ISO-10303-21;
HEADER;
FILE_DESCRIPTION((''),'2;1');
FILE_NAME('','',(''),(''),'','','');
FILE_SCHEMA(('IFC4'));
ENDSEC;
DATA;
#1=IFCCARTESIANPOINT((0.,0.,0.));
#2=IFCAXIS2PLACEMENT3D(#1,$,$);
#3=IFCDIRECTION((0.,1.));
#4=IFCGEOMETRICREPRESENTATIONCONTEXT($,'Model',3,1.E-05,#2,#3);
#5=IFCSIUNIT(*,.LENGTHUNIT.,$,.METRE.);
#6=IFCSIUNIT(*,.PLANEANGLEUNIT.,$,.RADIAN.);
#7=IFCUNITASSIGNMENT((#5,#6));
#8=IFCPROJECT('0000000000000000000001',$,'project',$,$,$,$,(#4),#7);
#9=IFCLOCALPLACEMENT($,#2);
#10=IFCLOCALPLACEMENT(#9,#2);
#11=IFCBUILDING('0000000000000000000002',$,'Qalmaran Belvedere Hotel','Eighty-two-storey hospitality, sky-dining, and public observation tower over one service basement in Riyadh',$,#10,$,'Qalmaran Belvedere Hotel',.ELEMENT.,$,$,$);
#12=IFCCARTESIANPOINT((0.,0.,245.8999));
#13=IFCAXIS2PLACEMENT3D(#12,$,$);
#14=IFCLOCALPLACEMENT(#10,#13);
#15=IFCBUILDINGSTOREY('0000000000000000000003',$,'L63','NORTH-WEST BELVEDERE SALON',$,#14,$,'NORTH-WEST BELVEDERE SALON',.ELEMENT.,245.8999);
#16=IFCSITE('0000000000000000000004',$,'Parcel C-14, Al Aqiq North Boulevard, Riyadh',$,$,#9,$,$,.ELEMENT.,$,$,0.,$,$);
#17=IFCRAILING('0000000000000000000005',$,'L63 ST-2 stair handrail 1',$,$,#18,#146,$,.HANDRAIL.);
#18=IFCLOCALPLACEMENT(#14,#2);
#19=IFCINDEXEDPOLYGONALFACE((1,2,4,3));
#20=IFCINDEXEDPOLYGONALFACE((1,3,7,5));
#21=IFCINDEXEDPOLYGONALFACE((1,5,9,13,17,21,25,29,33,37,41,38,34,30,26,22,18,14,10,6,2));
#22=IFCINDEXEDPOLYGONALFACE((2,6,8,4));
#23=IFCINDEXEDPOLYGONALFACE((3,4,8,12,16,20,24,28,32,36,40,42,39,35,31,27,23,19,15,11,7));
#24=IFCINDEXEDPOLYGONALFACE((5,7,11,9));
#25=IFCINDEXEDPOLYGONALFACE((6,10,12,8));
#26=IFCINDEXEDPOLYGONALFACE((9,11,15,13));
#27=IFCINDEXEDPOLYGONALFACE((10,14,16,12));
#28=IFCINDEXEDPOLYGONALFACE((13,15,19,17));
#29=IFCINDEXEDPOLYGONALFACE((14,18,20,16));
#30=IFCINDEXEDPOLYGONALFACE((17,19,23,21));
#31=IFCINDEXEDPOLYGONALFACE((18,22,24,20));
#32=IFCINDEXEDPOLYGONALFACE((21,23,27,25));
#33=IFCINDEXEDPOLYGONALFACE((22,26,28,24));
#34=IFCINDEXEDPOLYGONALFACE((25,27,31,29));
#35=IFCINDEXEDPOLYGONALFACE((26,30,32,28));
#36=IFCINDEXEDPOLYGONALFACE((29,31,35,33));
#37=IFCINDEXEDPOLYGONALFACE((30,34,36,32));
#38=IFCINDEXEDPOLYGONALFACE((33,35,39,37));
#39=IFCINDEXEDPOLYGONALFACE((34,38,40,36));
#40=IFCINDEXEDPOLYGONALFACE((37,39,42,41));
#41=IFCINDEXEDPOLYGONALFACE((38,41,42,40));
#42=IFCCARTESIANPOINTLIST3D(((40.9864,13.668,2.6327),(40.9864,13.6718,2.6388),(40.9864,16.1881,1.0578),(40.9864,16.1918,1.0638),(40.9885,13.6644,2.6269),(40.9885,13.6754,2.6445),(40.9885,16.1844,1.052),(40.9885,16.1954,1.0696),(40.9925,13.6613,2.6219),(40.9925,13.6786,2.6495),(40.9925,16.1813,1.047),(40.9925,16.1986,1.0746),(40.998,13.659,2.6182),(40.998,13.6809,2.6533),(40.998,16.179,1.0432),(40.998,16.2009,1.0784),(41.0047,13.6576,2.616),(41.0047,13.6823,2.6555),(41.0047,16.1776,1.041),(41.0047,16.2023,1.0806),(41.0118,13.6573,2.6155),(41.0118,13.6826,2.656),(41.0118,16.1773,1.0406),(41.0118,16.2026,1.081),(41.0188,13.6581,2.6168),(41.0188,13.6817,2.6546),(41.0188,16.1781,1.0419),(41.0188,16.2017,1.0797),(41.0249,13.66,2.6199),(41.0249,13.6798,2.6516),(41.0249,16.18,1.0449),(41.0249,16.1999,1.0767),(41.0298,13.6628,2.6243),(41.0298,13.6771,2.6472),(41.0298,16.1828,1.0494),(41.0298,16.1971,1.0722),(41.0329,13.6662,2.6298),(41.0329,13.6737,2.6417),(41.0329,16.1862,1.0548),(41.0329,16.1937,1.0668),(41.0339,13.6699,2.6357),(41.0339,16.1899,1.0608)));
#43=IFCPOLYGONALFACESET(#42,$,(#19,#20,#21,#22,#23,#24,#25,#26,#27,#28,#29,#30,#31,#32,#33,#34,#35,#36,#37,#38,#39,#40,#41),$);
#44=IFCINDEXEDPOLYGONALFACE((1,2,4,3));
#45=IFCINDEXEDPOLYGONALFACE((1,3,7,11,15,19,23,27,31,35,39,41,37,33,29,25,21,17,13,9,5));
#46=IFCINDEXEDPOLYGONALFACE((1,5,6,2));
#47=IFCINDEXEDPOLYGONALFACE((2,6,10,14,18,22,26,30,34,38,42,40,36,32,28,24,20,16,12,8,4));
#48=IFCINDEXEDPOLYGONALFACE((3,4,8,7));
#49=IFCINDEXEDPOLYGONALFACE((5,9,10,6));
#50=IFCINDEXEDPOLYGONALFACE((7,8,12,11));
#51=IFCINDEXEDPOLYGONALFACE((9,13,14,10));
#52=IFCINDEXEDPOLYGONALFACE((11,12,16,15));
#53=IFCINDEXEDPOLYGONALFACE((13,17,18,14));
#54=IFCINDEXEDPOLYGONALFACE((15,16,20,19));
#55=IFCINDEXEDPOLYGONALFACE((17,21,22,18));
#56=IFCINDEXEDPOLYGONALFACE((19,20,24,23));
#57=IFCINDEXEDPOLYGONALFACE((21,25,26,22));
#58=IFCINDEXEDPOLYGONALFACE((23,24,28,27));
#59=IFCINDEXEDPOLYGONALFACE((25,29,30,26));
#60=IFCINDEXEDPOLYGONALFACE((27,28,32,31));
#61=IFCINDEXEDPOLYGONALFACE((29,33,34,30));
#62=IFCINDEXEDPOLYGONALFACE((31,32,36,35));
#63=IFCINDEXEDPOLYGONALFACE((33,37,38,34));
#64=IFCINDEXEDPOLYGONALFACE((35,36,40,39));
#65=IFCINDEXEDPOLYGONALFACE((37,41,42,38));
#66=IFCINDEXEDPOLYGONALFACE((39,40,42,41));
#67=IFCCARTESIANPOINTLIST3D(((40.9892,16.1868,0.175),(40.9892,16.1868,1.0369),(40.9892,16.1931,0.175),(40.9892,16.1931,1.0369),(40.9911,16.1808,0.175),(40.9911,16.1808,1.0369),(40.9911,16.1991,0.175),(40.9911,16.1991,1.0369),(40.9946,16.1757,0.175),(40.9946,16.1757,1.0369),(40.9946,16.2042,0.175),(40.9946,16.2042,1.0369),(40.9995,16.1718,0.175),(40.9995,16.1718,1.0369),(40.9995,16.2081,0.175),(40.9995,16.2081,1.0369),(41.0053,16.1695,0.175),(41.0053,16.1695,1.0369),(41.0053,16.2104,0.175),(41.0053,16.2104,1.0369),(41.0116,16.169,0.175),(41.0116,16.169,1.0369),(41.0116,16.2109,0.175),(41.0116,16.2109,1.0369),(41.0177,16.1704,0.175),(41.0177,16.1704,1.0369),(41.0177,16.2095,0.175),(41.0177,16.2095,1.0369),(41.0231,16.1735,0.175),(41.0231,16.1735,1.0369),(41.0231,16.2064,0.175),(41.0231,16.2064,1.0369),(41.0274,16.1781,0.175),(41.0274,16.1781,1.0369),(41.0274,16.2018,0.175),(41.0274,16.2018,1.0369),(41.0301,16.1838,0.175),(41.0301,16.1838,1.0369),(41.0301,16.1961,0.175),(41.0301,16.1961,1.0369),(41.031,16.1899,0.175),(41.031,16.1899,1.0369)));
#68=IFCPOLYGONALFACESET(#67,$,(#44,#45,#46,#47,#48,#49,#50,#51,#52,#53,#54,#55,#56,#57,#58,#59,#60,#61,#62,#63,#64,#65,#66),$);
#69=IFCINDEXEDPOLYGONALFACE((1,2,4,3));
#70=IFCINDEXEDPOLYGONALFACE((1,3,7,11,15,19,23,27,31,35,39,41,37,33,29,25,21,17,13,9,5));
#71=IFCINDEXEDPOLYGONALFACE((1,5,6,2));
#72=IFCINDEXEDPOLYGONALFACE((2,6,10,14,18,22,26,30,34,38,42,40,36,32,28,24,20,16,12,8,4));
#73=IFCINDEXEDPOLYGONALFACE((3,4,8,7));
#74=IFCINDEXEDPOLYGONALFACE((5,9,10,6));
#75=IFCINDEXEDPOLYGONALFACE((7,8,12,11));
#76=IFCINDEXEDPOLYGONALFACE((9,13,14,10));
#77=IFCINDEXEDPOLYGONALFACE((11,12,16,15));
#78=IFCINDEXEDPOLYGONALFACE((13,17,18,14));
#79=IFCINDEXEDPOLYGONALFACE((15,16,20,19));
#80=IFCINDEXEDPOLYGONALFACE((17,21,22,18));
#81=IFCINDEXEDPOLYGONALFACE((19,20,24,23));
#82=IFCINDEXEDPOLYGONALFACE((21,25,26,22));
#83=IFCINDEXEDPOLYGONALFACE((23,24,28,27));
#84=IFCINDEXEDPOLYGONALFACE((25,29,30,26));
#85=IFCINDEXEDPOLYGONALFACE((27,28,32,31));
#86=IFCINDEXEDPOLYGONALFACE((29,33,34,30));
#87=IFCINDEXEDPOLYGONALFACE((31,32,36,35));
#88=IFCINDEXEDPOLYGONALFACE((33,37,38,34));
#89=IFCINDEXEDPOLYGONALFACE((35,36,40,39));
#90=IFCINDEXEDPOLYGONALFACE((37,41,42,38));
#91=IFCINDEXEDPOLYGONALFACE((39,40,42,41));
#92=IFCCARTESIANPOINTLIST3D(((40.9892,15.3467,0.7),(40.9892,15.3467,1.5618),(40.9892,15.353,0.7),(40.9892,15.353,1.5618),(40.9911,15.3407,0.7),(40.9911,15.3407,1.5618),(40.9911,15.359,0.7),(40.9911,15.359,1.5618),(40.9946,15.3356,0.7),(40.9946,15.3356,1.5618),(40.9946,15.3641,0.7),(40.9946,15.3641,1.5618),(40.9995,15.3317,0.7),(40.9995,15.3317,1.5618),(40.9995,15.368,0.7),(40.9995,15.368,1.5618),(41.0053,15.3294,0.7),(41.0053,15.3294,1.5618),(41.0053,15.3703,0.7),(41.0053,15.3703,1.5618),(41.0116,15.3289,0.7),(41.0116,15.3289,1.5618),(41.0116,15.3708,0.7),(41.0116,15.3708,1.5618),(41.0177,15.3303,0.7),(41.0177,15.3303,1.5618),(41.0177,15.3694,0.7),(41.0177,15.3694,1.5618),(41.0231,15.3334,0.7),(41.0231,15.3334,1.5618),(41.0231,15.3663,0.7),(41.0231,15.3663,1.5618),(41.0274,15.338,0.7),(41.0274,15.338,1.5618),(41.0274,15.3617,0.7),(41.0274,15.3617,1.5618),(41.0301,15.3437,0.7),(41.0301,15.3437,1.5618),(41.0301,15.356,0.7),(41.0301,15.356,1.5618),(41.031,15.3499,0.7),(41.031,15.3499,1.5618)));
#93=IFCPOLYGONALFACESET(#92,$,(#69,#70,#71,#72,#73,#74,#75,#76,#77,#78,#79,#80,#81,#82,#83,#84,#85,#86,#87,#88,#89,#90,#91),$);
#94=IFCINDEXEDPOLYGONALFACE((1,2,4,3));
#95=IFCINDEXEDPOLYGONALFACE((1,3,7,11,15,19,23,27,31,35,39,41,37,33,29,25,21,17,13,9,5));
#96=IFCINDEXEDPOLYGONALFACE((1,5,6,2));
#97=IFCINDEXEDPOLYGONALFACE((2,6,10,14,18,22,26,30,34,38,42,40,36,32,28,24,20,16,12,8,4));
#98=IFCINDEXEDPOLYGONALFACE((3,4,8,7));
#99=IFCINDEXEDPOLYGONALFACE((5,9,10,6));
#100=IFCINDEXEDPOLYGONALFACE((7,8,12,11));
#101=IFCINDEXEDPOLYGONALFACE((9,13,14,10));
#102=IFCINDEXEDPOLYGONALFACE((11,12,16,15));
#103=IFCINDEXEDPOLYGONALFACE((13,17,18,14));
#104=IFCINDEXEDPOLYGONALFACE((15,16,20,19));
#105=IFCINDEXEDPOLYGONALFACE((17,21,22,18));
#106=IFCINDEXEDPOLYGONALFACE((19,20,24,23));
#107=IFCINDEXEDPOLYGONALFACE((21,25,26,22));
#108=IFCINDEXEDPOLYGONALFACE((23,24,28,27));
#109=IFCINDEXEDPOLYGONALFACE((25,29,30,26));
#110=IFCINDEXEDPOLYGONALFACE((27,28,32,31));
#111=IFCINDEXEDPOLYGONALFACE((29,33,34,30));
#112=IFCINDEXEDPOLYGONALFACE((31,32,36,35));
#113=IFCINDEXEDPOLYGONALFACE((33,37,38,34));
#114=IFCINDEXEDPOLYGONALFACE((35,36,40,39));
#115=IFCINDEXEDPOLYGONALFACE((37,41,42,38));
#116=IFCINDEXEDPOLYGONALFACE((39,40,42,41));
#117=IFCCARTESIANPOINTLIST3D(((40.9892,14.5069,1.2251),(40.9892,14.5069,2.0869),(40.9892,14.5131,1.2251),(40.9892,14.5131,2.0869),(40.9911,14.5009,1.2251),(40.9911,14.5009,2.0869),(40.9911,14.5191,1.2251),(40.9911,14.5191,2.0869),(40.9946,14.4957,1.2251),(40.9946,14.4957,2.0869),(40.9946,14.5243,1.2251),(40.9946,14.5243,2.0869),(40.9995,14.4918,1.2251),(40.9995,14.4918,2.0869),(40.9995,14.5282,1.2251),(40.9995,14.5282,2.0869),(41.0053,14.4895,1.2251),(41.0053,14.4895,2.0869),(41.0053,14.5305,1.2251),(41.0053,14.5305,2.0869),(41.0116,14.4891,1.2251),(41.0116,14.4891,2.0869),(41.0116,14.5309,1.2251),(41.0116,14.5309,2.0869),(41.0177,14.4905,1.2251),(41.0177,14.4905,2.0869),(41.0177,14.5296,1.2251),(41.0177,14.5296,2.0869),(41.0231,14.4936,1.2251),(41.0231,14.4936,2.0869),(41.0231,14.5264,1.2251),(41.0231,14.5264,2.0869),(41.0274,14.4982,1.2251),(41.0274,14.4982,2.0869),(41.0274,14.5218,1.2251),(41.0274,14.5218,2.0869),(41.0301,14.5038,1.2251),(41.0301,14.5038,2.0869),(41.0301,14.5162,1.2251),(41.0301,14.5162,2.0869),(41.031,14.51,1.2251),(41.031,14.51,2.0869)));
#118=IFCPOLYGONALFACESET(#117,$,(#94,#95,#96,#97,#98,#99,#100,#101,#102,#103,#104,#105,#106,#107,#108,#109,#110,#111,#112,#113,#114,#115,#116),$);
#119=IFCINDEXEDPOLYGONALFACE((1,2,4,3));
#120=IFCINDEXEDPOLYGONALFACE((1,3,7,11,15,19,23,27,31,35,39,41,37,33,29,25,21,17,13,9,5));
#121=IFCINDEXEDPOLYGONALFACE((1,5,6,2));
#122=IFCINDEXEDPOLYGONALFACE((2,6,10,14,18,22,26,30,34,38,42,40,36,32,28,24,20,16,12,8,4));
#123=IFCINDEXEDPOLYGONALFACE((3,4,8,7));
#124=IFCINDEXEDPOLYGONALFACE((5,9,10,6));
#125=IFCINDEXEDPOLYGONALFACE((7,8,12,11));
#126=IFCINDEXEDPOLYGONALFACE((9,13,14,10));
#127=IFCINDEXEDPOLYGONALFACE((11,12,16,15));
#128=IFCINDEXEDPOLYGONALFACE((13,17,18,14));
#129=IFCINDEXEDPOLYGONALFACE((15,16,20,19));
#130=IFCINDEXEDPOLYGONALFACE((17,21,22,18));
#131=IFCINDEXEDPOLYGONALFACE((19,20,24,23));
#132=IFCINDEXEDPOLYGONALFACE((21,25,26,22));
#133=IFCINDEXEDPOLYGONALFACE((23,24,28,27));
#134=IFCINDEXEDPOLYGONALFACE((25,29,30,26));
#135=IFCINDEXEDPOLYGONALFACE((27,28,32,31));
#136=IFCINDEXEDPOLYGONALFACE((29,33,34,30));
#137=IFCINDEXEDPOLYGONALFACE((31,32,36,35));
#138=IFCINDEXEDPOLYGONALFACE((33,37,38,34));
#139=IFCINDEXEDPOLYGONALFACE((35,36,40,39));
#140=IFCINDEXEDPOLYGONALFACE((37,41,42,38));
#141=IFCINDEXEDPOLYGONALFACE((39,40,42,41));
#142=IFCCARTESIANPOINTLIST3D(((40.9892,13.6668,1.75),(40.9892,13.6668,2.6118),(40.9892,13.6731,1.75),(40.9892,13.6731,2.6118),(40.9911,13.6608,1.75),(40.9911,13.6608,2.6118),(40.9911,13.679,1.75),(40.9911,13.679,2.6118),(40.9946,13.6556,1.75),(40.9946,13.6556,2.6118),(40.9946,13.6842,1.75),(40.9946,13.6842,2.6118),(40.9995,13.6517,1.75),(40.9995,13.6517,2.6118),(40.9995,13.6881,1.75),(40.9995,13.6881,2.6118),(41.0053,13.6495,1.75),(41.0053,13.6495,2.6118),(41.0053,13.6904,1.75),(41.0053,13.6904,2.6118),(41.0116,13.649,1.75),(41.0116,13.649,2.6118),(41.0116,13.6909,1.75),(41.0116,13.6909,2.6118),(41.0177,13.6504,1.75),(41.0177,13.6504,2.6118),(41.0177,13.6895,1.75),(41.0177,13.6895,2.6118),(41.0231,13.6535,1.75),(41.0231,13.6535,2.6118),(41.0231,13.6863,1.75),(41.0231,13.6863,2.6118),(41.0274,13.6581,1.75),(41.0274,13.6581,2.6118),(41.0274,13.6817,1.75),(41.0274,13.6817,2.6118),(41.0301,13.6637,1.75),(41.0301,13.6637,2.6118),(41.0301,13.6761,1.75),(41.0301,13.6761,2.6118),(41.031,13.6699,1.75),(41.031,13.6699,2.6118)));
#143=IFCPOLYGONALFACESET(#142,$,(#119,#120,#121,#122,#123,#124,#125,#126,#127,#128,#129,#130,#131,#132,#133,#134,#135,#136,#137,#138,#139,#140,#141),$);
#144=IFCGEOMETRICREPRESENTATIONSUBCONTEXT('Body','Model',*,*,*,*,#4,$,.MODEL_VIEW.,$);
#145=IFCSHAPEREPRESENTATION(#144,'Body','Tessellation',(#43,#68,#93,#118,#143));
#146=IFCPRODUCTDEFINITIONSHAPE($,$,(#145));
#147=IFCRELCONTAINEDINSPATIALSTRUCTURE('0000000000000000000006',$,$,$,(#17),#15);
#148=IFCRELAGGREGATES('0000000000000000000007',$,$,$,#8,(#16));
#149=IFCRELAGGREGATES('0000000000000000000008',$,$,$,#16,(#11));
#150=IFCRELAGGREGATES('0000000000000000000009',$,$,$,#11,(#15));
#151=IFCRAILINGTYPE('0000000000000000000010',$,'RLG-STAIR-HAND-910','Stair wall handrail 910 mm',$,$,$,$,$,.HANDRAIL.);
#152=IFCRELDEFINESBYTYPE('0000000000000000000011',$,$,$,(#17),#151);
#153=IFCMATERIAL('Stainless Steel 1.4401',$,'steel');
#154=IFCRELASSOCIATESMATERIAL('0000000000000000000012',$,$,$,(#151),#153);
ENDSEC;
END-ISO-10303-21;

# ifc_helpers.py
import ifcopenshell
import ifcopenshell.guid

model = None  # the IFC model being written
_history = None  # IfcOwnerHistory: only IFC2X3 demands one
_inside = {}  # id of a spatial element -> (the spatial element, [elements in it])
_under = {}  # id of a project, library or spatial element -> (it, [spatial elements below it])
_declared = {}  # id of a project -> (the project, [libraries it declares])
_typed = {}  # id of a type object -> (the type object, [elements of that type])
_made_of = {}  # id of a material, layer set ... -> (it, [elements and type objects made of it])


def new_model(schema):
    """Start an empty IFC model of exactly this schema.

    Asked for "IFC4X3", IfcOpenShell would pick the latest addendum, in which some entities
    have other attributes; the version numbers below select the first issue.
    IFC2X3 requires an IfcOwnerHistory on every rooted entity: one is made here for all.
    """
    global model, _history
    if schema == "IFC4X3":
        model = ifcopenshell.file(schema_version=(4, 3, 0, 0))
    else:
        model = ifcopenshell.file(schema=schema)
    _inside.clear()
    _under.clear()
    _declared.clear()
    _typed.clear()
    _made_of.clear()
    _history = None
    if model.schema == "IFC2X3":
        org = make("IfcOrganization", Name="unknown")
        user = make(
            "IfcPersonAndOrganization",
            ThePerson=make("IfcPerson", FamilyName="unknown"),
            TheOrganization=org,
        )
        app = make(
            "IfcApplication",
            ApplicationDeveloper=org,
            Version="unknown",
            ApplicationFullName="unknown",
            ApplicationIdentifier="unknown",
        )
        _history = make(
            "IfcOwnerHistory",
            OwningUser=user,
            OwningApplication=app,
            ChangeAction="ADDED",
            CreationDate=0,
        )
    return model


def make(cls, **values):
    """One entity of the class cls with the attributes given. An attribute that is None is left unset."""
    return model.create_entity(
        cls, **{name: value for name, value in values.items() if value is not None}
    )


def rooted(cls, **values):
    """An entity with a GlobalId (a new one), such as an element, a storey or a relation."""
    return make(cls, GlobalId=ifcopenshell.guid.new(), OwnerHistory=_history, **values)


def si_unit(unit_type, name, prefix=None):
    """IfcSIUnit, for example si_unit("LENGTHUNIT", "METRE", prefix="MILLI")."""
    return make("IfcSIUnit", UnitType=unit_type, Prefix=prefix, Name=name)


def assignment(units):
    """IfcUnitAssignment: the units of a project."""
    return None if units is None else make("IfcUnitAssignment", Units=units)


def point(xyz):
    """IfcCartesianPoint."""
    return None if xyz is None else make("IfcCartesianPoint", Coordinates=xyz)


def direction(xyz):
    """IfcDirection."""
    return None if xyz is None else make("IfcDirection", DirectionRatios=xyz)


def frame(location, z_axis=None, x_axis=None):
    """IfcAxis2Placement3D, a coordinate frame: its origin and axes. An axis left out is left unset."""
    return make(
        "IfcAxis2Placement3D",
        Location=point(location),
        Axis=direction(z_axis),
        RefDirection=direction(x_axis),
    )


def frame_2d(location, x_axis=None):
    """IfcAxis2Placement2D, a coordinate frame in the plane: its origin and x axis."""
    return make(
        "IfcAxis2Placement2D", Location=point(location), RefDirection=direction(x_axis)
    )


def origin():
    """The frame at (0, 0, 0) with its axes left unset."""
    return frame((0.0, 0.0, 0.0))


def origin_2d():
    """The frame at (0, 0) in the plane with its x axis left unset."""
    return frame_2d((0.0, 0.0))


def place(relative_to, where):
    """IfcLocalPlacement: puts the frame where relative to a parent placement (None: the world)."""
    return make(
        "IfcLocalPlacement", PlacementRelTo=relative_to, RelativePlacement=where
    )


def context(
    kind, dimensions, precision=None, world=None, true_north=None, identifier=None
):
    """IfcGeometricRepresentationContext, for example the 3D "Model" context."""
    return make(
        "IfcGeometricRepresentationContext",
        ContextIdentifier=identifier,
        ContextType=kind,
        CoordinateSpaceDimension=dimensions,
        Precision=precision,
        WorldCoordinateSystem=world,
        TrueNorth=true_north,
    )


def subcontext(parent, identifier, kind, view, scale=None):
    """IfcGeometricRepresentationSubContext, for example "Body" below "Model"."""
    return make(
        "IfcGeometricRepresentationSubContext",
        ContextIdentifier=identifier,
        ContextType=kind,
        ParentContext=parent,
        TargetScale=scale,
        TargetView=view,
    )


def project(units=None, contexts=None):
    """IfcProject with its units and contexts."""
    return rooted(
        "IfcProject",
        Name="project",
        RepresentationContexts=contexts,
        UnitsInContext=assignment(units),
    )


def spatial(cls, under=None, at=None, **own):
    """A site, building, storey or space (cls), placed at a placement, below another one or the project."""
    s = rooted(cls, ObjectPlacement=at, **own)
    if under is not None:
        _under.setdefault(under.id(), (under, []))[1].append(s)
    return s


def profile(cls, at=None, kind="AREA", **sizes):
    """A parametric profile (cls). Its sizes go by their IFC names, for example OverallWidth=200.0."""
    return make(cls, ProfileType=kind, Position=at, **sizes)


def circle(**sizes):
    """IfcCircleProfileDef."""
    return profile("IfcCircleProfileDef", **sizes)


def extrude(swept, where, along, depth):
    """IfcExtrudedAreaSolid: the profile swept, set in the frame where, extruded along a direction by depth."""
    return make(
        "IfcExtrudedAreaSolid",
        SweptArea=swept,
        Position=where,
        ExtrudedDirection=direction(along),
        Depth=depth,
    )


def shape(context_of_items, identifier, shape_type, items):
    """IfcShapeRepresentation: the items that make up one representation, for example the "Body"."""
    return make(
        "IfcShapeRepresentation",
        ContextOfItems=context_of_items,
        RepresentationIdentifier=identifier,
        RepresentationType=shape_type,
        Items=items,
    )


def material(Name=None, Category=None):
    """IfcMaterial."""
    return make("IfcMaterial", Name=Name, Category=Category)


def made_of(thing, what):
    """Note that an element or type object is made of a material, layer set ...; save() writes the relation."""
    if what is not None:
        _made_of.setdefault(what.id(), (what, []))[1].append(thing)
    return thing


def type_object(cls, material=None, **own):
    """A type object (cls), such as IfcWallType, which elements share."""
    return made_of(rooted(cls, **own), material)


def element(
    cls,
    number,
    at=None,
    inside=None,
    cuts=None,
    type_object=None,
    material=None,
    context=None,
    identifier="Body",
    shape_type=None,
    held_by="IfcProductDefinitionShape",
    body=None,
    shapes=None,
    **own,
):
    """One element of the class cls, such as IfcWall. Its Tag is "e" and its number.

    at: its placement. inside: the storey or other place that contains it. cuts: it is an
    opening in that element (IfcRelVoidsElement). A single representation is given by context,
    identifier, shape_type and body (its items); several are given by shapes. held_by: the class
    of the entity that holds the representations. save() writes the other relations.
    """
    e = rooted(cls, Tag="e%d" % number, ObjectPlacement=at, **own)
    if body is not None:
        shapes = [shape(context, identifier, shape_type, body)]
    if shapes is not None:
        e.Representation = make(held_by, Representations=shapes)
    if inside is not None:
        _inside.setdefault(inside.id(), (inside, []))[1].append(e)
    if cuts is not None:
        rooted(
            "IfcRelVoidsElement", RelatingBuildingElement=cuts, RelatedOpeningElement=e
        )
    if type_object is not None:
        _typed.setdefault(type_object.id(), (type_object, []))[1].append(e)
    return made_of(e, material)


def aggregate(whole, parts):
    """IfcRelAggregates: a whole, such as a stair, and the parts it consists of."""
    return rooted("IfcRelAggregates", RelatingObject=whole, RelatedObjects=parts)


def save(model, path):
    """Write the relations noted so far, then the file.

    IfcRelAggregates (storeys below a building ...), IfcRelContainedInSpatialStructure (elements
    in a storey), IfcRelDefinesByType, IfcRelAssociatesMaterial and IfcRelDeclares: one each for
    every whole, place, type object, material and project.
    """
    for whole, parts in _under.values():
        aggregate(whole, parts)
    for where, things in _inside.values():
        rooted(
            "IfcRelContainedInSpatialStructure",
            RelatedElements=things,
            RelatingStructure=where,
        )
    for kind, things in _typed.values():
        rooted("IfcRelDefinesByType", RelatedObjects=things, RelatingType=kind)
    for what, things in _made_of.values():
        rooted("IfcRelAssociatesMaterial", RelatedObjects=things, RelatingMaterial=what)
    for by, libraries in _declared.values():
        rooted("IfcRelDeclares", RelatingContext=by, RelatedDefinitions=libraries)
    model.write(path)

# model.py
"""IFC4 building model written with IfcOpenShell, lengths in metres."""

from ifc_helpers import new_model, si_unit, direction, frame, origin, origin_2d, place, context, subcontext, project, spatial, circle, extrude, material, type_object, element, save


model = new_model("IFC4")

# Units and contexts
model_context = context("Model", 3, precision=1e-05, world=origin(), true_north=direction((0.0, 1.0)))
body_context = subcontext(model_context, "Body", "Model", "MODEL_VIEW")
ifc_project = project(units=[si_unit("LENGTHUNIT", "METRE"), si_unit("PLANEANGLEUNIT", "RADIAN")], contexts=[model_context])

# Site, building, storey
site_placement = place(None, origin())
site = spatial("IfcSite", under=ifc_project, at=site_placement, Name="Parcel C-14, Al Aqiq North Boulevard, Riyadh", CompositionType="ELEMENT", RefElevation=0.0)
building_placement = place(site_placement, origin())
building = spatial("IfcBuilding", under=site, at=building_placement, Name="Qalmaran Belvedere Hotel", Description="Eighty-two-storey hospitality, sky-dining, and public observation tower over one service basement in Riyadh", LongName="Qalmaran Belvedere Hotel", CompositionType="ELEMENT")
storey_placement = place(building_placement, frame((0.0, 0.0, 245.8999)))
storey = spatial("IfcBuildingStorey", under=building, at=storey_placement, Name="L63", Description="NORTH-WEST BELVEDERE SALON", LongName="NORTH-WEST BELVEDERE SALON", CompositionType="ELEMENT", Elevation=245.8999)

# Railing
ifc_material_1 = material(Name="Stainless Steel 1.4401", Category="steel")
railing_type_1 = type_object("IfcRailingType", Name="RLG-STAIR-HAND-910", Description="Stair wall handrail 910 mm", PredefinedType="HANDRAIL", material=ifc_material_1)
railing_1_placement = place(storey_placement, frame((41.01, 16.1899, 0.175)))
element("IfcRailing", 1, at=railing_1_placement, inside=storey, type_object=railing_type_1, Name="L63 ST-2 stair handrail 1", PredefinedType="HANDRAIL", context=body_context, shape_type="SweptSolid", body=[
    extrude(circle(Radius=0.0239, at=origin_2d()), frame((0.0, 0.0, 0.8857), z_axis=(0.0, -0.848008, 0.529984), x_axis=(1.0, 0.0, 0.0)), (0.0, 0.0, 1.0), 2.9717),
    extrude(circle(Radius=0.021, at=origin_2d()), origin(), (0.0, 0.0, 1.0), 0.8618),
    extrude(circle(Radius=0.021, at=origin_2d()), frame((0.0, -0.8401, 0.5249)), (0.0, 0.0, 1.0), 0.8618),
    extrude(circle(Radius=0.021, at=origin_2d()), frame((0.0, -1.6799, 1.05)), (0.0, 0.0, 1.0), 0.8618),
    extrude(circle(Radius=0.021, at=origin_2d()), frame((0.0, -2.52, 1.575)), (0.0, 0.0, 1.0), 0.8618),
])

save(model, "model.ifc")
